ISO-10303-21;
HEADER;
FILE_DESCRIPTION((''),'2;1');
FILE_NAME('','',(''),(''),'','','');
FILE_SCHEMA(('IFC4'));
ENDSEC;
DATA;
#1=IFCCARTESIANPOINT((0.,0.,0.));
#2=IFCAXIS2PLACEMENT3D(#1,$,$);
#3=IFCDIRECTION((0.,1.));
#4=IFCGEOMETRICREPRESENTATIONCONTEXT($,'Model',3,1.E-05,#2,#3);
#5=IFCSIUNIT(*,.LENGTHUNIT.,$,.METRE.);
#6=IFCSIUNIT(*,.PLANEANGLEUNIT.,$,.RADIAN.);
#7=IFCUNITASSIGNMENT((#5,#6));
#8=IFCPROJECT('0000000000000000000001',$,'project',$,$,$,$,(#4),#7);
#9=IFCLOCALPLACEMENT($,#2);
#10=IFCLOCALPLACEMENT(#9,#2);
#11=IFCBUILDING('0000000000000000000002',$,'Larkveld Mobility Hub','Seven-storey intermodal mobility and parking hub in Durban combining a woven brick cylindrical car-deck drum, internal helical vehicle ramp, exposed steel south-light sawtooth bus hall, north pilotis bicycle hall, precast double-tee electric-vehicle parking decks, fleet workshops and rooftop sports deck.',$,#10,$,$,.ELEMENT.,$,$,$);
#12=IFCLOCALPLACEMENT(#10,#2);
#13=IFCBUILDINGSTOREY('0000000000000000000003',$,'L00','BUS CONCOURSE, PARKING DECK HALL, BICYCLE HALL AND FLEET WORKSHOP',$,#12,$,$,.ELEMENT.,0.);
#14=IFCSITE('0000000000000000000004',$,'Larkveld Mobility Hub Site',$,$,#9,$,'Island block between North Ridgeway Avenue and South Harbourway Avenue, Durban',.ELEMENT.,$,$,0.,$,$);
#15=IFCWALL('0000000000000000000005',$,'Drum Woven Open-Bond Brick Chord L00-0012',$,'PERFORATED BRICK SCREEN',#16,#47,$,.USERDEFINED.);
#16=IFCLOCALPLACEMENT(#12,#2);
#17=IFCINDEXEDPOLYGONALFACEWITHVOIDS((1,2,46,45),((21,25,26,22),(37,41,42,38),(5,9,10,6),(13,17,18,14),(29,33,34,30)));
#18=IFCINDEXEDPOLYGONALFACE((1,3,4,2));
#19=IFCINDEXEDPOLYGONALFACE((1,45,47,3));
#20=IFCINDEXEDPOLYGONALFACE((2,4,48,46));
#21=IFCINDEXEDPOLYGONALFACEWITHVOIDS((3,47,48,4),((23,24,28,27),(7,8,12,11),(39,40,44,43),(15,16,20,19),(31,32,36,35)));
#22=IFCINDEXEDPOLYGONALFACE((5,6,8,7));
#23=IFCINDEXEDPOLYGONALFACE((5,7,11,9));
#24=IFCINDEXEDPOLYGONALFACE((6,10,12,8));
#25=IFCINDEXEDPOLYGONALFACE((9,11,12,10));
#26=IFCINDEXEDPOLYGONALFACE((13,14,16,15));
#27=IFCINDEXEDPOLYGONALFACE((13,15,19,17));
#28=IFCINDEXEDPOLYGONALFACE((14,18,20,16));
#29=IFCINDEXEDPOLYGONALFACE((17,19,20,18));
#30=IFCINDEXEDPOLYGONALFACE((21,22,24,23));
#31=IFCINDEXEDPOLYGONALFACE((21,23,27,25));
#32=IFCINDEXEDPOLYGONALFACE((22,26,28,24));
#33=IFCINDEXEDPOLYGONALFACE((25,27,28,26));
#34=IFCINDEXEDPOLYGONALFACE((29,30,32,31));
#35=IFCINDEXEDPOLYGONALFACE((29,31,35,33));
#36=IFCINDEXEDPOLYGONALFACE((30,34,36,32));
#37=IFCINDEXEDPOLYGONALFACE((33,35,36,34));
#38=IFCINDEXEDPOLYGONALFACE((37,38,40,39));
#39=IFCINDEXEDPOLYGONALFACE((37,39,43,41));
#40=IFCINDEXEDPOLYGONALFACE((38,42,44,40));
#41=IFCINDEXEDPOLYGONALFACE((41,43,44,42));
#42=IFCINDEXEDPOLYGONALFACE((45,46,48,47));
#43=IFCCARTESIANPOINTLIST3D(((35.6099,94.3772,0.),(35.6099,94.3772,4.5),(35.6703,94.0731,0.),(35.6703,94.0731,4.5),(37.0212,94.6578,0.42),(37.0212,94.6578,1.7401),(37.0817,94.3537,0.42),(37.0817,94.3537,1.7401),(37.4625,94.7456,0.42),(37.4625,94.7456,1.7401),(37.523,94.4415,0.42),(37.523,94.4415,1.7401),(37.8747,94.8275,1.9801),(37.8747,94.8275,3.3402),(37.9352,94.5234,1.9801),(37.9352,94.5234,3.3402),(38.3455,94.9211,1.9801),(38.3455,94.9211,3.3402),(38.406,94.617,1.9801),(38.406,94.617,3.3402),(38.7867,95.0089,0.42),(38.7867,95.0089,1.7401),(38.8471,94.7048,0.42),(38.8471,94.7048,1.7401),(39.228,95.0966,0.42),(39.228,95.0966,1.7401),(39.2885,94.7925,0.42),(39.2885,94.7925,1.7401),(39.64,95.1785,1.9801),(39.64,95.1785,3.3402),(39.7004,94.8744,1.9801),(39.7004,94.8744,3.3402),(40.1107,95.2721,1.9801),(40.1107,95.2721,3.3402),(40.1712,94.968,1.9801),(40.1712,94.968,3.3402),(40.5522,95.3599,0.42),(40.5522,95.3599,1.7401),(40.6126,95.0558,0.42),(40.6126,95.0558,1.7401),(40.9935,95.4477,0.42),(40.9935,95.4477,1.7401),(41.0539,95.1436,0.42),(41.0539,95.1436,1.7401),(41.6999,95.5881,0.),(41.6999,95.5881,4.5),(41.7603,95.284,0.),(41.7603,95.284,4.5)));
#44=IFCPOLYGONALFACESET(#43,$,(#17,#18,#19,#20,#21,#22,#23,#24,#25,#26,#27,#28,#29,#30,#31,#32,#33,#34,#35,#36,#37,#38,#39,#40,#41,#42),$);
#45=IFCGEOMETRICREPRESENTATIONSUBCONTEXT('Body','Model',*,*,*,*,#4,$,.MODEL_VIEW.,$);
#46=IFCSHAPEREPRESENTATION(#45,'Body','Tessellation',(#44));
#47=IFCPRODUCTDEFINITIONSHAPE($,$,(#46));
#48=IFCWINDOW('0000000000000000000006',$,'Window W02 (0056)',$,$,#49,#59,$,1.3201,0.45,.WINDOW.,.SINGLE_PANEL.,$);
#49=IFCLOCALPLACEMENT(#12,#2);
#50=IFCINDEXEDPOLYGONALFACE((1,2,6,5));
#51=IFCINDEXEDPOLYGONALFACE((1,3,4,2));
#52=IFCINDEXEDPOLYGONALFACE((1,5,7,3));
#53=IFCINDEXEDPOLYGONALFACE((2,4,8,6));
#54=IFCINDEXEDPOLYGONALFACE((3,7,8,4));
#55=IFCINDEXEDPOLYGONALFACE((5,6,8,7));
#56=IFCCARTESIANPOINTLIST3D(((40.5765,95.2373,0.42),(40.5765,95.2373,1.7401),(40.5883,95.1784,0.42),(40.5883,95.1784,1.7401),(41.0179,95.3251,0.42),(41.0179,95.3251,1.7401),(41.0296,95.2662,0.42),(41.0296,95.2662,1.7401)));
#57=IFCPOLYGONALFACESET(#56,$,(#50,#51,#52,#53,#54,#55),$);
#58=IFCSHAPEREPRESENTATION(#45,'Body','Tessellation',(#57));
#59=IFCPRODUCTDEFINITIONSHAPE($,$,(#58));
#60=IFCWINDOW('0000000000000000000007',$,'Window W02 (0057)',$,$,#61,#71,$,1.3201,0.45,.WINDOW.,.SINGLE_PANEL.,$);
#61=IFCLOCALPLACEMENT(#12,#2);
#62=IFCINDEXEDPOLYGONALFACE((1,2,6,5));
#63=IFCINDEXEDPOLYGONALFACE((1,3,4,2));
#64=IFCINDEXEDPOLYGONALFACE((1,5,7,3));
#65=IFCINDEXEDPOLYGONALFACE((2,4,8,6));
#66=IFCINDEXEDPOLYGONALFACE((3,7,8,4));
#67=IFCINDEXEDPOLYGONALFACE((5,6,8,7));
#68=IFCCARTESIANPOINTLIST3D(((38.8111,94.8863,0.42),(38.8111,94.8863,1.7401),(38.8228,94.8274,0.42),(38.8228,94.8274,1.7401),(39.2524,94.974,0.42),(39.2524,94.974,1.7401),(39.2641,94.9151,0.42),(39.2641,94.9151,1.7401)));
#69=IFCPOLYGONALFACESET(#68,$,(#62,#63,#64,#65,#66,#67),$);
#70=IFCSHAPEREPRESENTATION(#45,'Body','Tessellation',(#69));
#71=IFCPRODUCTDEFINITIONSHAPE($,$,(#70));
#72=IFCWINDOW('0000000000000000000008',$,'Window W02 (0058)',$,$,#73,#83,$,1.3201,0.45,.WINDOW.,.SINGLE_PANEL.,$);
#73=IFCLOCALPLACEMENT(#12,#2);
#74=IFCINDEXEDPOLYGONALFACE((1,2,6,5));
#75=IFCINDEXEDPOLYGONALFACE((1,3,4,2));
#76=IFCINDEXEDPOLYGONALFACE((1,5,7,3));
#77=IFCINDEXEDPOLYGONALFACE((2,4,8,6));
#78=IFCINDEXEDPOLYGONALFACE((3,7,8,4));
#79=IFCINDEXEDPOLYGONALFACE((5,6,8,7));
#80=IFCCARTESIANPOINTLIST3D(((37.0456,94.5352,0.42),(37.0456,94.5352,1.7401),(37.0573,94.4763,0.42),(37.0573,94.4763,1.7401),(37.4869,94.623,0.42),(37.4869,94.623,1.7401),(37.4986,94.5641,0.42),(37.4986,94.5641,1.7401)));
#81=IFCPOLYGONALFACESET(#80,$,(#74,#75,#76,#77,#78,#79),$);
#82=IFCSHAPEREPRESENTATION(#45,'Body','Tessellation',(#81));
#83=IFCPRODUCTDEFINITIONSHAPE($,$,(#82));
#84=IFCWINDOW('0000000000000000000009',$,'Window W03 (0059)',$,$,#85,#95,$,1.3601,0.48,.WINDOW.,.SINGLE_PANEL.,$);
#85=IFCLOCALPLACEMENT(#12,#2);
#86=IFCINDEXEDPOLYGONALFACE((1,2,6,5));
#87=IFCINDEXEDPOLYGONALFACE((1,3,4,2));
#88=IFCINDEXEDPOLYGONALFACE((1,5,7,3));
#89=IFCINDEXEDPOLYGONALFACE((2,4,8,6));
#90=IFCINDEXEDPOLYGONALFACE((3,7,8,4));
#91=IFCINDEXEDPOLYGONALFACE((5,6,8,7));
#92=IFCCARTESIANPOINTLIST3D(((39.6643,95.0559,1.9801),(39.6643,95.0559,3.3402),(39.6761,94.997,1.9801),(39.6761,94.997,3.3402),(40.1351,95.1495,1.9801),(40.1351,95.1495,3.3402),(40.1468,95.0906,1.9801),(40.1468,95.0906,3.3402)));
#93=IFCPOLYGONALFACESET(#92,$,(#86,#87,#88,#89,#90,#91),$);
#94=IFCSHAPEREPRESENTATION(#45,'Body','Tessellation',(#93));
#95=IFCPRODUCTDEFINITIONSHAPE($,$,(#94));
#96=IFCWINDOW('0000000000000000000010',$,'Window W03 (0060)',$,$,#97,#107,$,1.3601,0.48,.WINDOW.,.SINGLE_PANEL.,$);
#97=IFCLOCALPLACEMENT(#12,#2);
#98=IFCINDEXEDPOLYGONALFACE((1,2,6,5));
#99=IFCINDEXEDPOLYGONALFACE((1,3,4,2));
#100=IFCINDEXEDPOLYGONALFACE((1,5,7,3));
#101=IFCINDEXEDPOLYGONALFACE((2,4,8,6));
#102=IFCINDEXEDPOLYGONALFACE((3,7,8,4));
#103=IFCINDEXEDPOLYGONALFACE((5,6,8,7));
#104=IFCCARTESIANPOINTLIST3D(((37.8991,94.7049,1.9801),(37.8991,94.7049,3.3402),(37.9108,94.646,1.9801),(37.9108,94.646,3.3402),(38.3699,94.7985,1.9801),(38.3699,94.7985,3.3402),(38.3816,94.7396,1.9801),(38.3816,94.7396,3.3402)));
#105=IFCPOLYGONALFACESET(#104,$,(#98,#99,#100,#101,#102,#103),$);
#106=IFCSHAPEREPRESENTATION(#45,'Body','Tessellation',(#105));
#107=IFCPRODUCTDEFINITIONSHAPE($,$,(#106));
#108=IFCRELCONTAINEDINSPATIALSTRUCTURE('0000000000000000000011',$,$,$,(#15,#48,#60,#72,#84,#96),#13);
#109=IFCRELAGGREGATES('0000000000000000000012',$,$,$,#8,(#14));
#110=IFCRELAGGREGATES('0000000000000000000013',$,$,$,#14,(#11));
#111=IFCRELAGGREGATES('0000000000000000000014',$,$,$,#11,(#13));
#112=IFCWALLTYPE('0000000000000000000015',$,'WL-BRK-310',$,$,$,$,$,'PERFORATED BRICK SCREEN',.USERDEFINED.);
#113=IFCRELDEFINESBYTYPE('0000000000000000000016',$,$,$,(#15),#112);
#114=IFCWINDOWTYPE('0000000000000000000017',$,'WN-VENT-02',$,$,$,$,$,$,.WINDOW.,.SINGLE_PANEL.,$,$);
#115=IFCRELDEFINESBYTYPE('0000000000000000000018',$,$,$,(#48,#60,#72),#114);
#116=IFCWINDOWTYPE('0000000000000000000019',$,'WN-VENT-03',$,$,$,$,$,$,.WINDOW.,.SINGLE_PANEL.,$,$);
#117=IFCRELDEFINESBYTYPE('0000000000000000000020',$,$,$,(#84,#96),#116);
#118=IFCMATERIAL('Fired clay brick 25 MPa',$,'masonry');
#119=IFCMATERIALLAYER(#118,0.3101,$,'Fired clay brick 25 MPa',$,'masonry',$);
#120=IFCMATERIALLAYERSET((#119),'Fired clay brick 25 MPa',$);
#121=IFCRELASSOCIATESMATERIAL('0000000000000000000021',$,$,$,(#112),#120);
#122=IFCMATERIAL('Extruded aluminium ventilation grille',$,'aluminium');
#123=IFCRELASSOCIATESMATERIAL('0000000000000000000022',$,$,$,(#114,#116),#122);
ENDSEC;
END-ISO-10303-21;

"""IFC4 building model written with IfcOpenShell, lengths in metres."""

from ifc_helpers import new_model, si_unit, direction, frame, frame_2d, origin, place, context, subcontext, project, spatial, rectangle, extrude, material, layer, layer_set, type_object, element, fill, save


model = new_model("IFC4")

# Units and contexts
model_context = context("Model", 3, precision=1e-05, world=origin(), true_north=direction((0.0, 1.0)))
body_context = subcontext(model_context, "Body", "Model", "MODEL_VIEW")
ifc_project = project(units=[si_unit("LENGTHUNIT", "METRE"), si_unit("PLANEANGLEUNIT", "RADIAN")], contexts=[model_context])

# Site, building, storey
site_placement = place(None, origin())
site = spatial("IfcSite", under=ifc_project, at=site_placement, Name="Larkveld Mobility Hub Site", LongName="Island block between North Ridgeway Avenue and South Harbourway Avenue, Durban", CompositionType="ELEMENT", RefElevation=0.0)
building_placement = place(site_placement, origin())
building = spatial("IfcBuilding", under=site, at=building_placement, Name="Larkveld Mobility Hub", Description="Seven-storey intermodal mobility and parking hub in Durban combining a woven brick cylindrical car-deck drum, internal helical vehicle ramp, exposed steel south-light sawtooth bus hall, north pilotis bicycle hall, precast double-tee electric-vehicle parking decks, fleet workshops and rooftop sports deck.", CompositionType="ELEMENT")
storey_placement = place(building_placement, origin())
storey = spatial("IfcBuildingStorey", under=building, at=storey_placement, Name="L00", Description="BUS CONCOURSE, PARKING DECK HALL, BICYCLE HALL AND FLEET WORKSHOP", CompositionType="ELEMENT", Elevation=0.0)

# Wall, openings, windows
ifc_material_1 = material(Name="Fired clay brick 25 MPa", Category="masonry")
ifc_layer = layer(ifc_material_1, 0.3101, Name="Fired clay brick 25 MPa", Category="masonry")
ifc_layer_set = layer_set([ifc_layer], Name="Fired clay brick 25 MPa")
wall_type = type_object("IfcWallType", Name="WL-BRK-310", ElementType="PERFORATED BRICK SCREEN", PredefinedType="USERDEFINED", material=ifc_layer_set)
wall_placement = place(storey_placement, frame((41.73, 95.436, 0.0), z_axis=(0.0, 0.0, 1.0), x_axis=(-0.980799, -0.19502, 0.0)))
wall = element("IfcWall", 1, at=wall_placement, inside=storey, type_object=wall_type, Name="Drum Woven Open-Bond Brick Chord L00-0012", ObjectType="PERFORATED BRICK SCREEN", PredefinedType="USERDEFINED", context=body_context, shape_type="SweptSolid", body=[
    extrude(rectangle(XDim=6.2092, YDim=0.3101, at=frame_2d((3.1045, 0.0))), origin(), (0.0, 0.0, 1.0), 4.5),
])
opening_1_placement = place(wall_placement, frame((0.72, 0.0, 0.4199)))
opening_1 = element("IfcOpeningElement", 2, at=opening_1_placement, cuts=wall, PredefinedType="OPENING", context=body_context, shape_type="SweptSolid", body=[
    extrude(rectangle(XDim=0.45, YDim=1.3201, at=frame_2d((0.2251, 0.6602))), frame((0.0, 0.165, 0.0), z_axis=(0.0, -1.0, 0.0), x_axis=(1.0, 0.0, 0.0)), (0.0, 0.0, 1.0), 0.3301),
])
opening_2_placement = place(wall_placement, frame((2.52, 0.0, 0.4199)))
opening_2 = element("IfcOpeningElement", 3, at=opening_2_placement, cuts=wall, PredefinedType="OPENING", context=body_context, shape_type="SweptSolid", body=[
    extrude(rectangle(XDim=0.45, YDim=1.3201, at=frame_2d((0.2251, 0.6602))), frame((0.0, 0.165, 0.0), z_axis=(0.0, -1.0, 0.0), x_axis=(1.0, 0.0, 0.0)), (0.0, 0.0, 1.0), 0.3301),
])
opening_3_placement = place(wall_placement, frame((4.3201, 0.0, 0.4199)))
opening_3 = element("IfcOpeningElement", 4, at=opening_3_placement, cuts=wall, PredefinedType="OPENING", context=body_context, shape_type="SweptSolid", body=[
    extrude(rectangle(XDim=0.45, YDim=1.3201, at=frame_2d((0.2251, 0.6602))), frame((0.0, 0.165, 0.0), z_axis=(0.0, -1.0, 0.0), x_axis=(1.0, 0.0, 0.0)), (0.0, 0.0, 1.0), 0.3301),
])
opening_4_placement = place(wall_placement, frame((1.6201, 0.0, 1.98)))
opening_4 = element("IfcOpeningElement", 5, at=opening_4_placement, cuts=wall, PredefinedType="OPENING", context=body_context, shape_type="SweptSolid", body=[
    extrude(rectangle(XDim=0.48, YDim=1.3601, at=frame_2d((0.24, 0.6802))), frame((0.0, 0.165, 0.0), z_axis=(0.0, -1.0, 0.0), x_axis=(1.0, 0.0, 0.0)), (0.0, 0.0, 1.0), 0.3301),
])
opening_5_placement = place(wall_placement, frame((3.4199, 0.0, 1.98)))
opening_5 = element("IfcOpeningElement", 6, at=opening_5_placement, cuts=wall, PredefinedType="OPENING", context=body_context, shape_type="SweptSolid", body=[
    extrude(rectangle(XDim=0.48, YDim=1.3601, at=frame_2d((0.24, 0.6802))), frame((0.0, 0.165, 0.0), z_axis=(0.0, -1.0, 0.0), x_axis=(1.0, 0.0, 0.0)), (0.0, 0.0, 1.0), 0.3301),
])
ifc_material_2 = material(Name="Extruded aluminium ventilation grille", Category="aluminium")
window_type_1 = type_object("IfcWindowType", Name="WN-VENT-02", PartitioningType="SINGLE_PANEL", PredefinedType="WINDOW", material=ifc_material_2)
window_1_placement = place(opening_1_placement, origin())
window_1 = element("IfcWindow", 7, at=window_1_placement, inside=storey, type_object=window_type_1, Name="Window W02 (0056)", OverallHeight=1.3201, OverallWidth=0.45, PartitioningType="SINGLE_PANEL", PredefinedType="WINDOW", context=body_context, shape_type="SweptSolid", body=[
    extrude(rectangle(XDim=0.45, YDim=1.3201, at=frame_2d((0.2251, 0.6602))), frame((0.0, 0.03, 0.0), z_axis=(0.0, -1.0, 0.0), x_axis=(1.0, 0.0, 0.0)), (0.0, 0.0, 1.0), 0.0601),
])
fill(opening_1, window_1)
window_2_placement = place(opening_2_placement, origin())
window_2 = element("IfcWindow", 8, at=window_2_placement, inside=storey, type_object=window_type_1, Name="Window W02 (0057)", OverallHeight=1.3201, OverallWidth=0.45, PartitioningType="SINGLE_PANEL", PredefinedType="WINDOW", context=body_context, shape_type="SweptSolid", body=[
    extrude(rectangle(XDim=0.45, YDim=1.3201, at=frame_2d((0.2251, 0.6602))), frame((0.0, 0.03, 0.0), z_axis=(0.0, -1.0, 0.0), x_axis=(1.0, 0.0, 0.0)), (0.0, 0.0, 1.0), 0.0601),
])
fill(opening_2, window_2)
window_3_placement = place(opening_3_placement, origin())
window_3 = element("IfcWindow", 9, at=window_3_placement, inside=storey, type_object=window_type_1, Name="Window W02 (0058)", OverallHeight=1.3201, OverallWidth=0.45, PartitioningType="SINGLE_PANEL", PredefinedType="WINDOW", context=body_context, shape_type="SweptSolid", body=[
    extrude(rectangle(XDim=0.45, YDim=1.3201, at=frame_2d((0.2251, 0.6602))), frame((0.0, 0.03, 0.0), z_axis=(0.0, -1.0, 0.0), x_axis=(1.0, 0.0, 0.0)), (0.0, 0.0, 1.0), 0.0601),
])
fill(opening_3, window_3)
window_type_2 = type_object("IfcWindowType", Name="WN-VENT-03", PartitioningType="SINGLE_PANEL", PredefinedType="WINDOW", material=ifc_material_2)
window_4_placement = place(opening_4_placement, origin())
window_4 = element("IfcWindow", 10, at=window_4_placement, inside=storey, type_object=window_type_2, Name="Window W03 (0059)", OverallHeight=1.3601, OverallWidth=0.48, PartitioningType="SINGLE_PANEL", PredefinedType="WINDOW", context=body_context, shape_type="SweptSolid", body=[
    extrude(rectangle(XDim=0.48, YDim=1.3601, at=frame_2d((0.24, 0.6802))), frame((0.0, 0.03, 0.0), z_axis=(0.0, -1.0, 0.0), x_axis=(1.0, 0.0, 0.0)), (0.0, 0.0, 1.0), 0.0601),
])
fill(opening_4, window_4)
window_5_placement = place(opening_5_placement, origin())
window_5 = element("IfcWindow", 11, at=window_5_placement, inside=storey, type_object=window_type_2, Name="Window W03 (0060)", OverallHeight=1.3601, OverallWidth=0.48, PartitioningType="SINGLE_PANEL", PredefinedType="WINDOW", context=body_context, shape_type="SweptSolid", body=[
    extrude(rectangle(XDim=0.48, YDim=1.3601, at=frame_2d((0.24, 0.6802))), frame((0.0, 0.03, 0.0), z_axis=(0.0, -1.0, 0.0), x_axis=(1.0, 0.0, 0.0)), (0.0, 0.0, 1.0), 0.0601),
])
fill(opening_5, window_5)

save(model, "model.ifc")
